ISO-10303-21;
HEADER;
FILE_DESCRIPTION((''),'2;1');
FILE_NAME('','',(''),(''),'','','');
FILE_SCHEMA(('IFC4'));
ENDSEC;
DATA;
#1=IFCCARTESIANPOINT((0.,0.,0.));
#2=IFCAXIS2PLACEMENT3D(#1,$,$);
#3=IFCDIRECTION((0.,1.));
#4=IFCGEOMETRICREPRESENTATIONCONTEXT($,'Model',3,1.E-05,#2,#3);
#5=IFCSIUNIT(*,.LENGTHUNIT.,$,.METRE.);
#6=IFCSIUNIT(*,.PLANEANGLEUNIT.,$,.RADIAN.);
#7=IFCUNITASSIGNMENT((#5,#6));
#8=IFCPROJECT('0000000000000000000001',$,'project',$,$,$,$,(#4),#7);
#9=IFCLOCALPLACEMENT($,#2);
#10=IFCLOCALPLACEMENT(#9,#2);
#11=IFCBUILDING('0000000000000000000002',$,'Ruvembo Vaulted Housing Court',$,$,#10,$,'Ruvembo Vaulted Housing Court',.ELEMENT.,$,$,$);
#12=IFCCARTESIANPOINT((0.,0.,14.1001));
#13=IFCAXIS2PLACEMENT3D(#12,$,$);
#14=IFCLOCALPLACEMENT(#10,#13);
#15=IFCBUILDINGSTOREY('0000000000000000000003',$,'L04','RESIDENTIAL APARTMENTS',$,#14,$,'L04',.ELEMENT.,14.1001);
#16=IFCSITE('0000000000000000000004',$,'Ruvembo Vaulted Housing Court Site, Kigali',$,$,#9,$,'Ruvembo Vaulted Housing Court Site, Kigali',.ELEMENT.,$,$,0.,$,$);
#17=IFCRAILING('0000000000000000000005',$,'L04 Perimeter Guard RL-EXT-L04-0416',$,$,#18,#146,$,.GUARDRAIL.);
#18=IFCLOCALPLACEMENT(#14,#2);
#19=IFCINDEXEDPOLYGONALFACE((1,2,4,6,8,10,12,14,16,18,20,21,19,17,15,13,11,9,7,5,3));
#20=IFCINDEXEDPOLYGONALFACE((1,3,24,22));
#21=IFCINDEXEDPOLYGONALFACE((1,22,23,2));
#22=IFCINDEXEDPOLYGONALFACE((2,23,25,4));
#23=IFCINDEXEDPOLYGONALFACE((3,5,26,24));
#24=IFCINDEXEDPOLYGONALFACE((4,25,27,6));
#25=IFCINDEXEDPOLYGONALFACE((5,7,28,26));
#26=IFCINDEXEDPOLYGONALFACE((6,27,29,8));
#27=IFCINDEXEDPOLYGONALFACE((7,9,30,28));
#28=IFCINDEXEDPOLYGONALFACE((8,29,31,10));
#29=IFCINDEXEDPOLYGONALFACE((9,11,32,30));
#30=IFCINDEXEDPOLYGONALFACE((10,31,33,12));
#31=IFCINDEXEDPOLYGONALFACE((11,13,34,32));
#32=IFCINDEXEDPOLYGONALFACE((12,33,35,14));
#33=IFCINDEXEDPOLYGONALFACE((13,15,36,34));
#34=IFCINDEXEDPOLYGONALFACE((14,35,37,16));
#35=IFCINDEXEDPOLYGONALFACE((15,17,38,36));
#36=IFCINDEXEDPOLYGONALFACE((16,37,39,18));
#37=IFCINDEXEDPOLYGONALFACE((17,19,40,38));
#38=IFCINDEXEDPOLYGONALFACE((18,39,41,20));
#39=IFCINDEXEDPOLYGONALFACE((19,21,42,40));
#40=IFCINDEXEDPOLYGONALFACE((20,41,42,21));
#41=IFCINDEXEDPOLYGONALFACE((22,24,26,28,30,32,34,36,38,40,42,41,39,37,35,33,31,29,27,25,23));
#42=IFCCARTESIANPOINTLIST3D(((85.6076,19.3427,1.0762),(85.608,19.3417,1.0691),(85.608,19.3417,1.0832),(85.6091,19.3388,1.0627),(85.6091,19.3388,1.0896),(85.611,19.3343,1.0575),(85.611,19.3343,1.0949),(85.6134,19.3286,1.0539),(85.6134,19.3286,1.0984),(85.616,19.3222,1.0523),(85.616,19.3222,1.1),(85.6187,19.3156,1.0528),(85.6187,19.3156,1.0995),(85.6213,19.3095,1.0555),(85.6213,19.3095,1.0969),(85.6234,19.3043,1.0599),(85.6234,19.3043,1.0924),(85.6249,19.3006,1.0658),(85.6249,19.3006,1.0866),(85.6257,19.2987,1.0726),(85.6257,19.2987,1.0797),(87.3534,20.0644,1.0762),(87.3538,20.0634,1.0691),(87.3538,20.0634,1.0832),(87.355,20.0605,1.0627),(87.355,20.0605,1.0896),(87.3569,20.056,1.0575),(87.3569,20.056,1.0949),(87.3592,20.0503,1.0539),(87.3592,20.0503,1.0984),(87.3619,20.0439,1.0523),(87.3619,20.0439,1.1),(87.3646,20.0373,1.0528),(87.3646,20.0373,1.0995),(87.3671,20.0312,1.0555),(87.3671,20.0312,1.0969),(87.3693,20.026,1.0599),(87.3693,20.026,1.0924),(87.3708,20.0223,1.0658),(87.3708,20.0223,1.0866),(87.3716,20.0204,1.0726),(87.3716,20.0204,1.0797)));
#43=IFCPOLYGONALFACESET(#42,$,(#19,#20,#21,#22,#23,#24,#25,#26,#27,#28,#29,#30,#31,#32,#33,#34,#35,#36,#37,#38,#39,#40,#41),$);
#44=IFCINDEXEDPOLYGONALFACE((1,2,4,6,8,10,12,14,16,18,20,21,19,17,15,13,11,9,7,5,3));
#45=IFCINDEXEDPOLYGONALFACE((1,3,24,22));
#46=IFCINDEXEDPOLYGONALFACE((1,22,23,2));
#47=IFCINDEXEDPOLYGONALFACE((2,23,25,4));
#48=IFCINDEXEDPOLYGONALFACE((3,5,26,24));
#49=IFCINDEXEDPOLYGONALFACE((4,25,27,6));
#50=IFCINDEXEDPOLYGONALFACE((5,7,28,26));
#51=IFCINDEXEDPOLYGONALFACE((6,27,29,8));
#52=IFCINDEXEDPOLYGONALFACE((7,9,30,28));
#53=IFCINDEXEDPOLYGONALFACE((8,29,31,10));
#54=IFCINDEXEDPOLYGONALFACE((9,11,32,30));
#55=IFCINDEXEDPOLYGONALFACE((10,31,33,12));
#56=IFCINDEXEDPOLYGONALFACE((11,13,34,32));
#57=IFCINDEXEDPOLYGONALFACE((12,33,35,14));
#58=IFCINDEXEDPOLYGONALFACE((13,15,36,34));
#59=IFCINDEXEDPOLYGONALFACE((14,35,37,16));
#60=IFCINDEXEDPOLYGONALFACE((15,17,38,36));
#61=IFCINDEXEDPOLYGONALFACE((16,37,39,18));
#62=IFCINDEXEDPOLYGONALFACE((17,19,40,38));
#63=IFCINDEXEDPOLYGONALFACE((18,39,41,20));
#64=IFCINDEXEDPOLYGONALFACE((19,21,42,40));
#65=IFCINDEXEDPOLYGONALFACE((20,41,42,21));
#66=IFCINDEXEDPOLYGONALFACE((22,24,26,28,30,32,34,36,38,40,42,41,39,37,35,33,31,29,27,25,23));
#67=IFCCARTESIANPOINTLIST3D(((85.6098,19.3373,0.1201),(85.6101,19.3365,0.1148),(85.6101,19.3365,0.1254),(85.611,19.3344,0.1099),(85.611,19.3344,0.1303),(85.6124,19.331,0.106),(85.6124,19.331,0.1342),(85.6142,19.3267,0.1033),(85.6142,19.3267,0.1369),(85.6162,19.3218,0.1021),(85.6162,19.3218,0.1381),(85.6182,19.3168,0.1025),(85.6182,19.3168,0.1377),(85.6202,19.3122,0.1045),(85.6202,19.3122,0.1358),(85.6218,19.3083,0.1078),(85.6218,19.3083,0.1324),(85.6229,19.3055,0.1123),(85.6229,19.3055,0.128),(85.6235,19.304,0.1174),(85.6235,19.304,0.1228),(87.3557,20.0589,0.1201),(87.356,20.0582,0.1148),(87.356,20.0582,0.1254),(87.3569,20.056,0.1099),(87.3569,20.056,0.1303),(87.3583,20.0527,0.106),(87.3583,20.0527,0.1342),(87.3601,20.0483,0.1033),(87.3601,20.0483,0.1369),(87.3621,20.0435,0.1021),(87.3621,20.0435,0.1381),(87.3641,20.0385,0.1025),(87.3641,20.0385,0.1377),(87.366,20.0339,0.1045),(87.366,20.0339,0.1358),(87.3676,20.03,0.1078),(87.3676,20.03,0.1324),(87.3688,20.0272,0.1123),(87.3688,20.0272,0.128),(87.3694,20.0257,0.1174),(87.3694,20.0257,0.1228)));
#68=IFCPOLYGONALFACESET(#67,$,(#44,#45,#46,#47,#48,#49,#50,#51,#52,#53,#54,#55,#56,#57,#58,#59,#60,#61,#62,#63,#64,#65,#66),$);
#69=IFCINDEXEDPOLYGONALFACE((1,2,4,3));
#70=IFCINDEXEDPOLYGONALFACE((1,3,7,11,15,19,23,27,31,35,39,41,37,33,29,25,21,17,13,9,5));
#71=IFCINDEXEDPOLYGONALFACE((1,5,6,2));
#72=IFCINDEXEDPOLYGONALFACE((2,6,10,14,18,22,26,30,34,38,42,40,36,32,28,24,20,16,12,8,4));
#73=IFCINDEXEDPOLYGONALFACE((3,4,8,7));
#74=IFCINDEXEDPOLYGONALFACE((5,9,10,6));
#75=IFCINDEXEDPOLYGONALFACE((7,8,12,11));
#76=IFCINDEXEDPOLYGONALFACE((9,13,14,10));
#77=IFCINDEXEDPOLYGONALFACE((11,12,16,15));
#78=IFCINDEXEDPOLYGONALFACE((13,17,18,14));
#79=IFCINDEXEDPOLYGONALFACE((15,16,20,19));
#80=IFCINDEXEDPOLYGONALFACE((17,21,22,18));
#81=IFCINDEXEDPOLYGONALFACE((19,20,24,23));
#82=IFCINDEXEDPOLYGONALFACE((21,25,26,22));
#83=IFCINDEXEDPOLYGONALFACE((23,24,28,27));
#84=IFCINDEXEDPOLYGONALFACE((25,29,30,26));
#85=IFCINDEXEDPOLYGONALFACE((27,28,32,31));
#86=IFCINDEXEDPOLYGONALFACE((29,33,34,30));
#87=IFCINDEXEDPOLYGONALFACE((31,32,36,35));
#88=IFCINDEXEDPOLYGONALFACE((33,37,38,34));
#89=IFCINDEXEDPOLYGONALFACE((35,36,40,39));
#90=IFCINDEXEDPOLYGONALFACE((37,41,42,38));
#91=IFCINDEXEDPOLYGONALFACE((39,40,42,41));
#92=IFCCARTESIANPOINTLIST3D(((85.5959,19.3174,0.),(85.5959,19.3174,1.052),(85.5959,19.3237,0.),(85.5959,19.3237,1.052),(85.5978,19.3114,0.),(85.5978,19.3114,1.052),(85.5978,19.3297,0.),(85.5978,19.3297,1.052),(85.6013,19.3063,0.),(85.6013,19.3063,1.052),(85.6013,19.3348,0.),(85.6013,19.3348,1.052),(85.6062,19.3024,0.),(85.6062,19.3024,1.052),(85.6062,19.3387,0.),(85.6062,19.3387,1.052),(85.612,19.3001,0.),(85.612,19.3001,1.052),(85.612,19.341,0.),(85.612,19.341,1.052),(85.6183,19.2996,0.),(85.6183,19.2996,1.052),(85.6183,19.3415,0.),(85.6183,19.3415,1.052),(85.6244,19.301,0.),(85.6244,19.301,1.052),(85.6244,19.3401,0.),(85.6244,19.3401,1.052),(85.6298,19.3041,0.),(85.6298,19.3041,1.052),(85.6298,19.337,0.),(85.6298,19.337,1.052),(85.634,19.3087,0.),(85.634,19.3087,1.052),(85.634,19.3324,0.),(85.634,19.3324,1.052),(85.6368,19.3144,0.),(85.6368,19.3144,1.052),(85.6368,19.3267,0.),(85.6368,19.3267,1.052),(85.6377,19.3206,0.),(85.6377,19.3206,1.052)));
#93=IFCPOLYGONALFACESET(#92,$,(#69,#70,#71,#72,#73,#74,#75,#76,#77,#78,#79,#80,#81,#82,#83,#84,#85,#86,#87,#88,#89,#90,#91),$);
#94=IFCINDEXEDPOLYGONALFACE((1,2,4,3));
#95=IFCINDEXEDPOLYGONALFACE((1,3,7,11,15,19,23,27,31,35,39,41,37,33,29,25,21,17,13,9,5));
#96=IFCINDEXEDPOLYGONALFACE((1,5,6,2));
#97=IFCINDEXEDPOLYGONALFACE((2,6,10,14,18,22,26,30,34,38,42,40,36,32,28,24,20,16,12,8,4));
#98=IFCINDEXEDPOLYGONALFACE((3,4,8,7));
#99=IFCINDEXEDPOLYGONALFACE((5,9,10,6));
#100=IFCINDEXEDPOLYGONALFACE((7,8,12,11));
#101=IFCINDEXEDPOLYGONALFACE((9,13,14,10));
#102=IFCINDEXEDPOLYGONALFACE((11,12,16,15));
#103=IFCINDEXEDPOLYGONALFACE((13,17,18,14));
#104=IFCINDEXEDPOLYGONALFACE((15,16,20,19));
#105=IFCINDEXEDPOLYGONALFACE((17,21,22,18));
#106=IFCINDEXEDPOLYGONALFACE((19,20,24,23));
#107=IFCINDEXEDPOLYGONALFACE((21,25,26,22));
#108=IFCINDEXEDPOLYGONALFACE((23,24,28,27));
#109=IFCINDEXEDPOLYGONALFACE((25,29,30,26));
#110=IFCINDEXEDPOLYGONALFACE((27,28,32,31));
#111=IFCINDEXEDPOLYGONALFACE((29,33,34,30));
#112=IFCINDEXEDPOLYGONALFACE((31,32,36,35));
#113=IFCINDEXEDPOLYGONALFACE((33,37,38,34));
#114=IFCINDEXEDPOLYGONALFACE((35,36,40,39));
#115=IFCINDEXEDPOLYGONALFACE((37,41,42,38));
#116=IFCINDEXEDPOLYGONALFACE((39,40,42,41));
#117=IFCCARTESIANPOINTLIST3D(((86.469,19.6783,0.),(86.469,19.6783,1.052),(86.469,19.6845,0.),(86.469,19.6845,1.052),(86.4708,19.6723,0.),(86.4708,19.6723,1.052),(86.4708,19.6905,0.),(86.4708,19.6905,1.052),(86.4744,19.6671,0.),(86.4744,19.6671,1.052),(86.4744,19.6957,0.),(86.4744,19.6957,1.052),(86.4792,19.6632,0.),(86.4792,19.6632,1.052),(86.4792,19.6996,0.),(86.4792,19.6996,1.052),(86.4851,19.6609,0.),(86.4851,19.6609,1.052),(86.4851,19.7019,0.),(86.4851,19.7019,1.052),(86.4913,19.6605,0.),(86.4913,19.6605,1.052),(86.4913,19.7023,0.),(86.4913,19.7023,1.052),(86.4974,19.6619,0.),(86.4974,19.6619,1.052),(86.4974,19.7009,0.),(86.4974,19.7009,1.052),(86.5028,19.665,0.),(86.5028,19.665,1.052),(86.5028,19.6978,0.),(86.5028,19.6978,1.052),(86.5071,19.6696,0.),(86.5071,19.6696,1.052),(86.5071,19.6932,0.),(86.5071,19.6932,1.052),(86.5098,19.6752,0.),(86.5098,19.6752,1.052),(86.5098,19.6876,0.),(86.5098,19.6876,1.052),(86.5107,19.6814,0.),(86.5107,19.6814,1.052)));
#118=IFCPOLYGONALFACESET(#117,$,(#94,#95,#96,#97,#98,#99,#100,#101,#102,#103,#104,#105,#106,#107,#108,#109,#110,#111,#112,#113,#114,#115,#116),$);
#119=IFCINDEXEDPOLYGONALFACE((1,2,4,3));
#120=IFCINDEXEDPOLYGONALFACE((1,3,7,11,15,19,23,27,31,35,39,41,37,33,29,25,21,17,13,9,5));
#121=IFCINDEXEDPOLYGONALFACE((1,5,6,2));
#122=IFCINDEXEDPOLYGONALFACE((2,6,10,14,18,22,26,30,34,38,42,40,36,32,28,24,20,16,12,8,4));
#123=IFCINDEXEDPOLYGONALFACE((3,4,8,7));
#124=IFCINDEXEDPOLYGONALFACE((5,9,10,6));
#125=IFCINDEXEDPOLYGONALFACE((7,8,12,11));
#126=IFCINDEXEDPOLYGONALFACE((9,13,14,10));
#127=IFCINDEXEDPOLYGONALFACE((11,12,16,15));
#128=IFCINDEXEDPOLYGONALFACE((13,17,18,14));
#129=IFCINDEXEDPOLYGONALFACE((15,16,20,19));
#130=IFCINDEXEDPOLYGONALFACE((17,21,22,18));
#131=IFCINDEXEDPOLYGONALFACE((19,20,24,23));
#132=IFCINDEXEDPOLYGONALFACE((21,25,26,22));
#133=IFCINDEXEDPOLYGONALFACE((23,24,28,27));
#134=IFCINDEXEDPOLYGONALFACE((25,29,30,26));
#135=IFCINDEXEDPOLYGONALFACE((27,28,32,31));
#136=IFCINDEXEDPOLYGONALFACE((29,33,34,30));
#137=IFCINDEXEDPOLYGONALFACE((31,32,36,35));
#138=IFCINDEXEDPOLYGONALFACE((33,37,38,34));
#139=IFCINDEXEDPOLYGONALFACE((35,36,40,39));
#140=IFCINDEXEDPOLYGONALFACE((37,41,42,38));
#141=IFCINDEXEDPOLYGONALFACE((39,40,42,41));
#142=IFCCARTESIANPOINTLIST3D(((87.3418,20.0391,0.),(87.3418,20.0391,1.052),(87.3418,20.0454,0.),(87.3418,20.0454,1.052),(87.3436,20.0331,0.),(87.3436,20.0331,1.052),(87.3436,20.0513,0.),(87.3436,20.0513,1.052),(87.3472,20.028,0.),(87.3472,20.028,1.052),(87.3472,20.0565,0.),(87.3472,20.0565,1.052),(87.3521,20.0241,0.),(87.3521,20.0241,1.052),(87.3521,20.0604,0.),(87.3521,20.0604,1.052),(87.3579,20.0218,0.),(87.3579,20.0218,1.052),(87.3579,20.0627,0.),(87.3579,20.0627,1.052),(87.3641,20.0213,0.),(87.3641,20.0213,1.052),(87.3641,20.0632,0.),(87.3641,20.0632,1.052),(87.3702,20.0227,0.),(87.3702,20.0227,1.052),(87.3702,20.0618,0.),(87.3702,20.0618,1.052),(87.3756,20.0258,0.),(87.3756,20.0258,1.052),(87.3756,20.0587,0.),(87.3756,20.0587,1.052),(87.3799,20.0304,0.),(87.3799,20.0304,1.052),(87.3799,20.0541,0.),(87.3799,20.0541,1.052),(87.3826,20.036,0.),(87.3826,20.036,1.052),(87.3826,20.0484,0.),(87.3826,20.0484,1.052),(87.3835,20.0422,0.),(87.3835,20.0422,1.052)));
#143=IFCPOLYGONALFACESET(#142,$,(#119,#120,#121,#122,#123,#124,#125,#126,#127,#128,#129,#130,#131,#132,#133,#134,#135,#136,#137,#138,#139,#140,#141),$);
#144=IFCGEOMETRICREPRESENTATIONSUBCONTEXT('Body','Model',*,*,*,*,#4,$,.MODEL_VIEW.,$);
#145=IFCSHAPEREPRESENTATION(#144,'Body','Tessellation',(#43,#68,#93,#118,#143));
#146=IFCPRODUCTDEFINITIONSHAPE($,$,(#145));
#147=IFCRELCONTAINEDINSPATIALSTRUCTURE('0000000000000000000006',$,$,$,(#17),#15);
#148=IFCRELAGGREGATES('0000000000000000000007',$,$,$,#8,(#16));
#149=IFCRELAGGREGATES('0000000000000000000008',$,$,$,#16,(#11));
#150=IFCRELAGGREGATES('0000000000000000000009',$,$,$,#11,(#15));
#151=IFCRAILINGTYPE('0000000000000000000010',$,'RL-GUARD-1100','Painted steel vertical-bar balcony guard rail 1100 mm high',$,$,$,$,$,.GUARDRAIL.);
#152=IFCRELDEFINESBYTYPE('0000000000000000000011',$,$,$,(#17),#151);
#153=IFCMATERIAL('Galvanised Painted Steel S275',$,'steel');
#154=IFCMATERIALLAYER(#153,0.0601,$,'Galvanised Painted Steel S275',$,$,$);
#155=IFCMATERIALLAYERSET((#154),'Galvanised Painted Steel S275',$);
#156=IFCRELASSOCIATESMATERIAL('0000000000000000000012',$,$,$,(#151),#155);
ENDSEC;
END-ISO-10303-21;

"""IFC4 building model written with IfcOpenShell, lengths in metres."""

from ifc_helpers import new_model, si_unit, direction, frame, origin, origin_2d, place, context, subcontext, project, spatial, circle, extrude, material, layer, layer_set, type_object, element, save


model = new_model("IFC4")

# Units and contexts
model_context = context("Model", 3, precision=1e-05, world=origin(), true_north=direction((0.0, 1.0)))
body_context = subcontext(model_context, "Body", "Model", "MODEL_VIEW")
ifc_project = project(units=[si_unit("LENGTHUNIT", "METRE"), si_unit("PLANEANGLEUNIT", "RADIAN")], contexts=[model_context])

# Site, building, storey
site_placement = place(None, origin())
site = spatial("IfcSite", under=ifc_project, at=site_placement, Name="Ruvembo Vaulted Housing Court Site, Kigali", LongName="Ruvembo Vaulted Housing Court Site, Kigali", CompositionType="ELEMENT", RefElevation=0.0)
building_placement = place(site_placement, origin())
building = spatial("IfcBuilding", under=site, at=building_placement, Name="Ruvembo Vaulted Housing Court", LongName="Ruvembo Vaulted Housing Court", CompositionType="ELEMENT")
storey_placement = place(building_placement, frame((0.0, 0.0, 14.1001)))
storey = spatial("IfcBuildingStorey", under=building, at=storey_placement, Name="L04", Description="RESIDENTIAL APARTMENTS", LongName="L04", CompositionType="ELEMENT", Elevation=14.1001)

# Railing
ifc_material_1 = material(Name="Galvanised Painted Steel S275", Category="steel")
ifc_layer = layer(ifc_material_1, 0.0601, Name="Galvanised Painted Steel S275")
ifc_layer_set = layer_set([ifc_layer], Name="Galvanised Painted Steel S275")
railing_type = type_object("IfcRailingType", Name="RL-GUARD-1100", Description="Painted steel vertical-bar balcony guard rail 1100 mm high", PredefinedType="GUARDRAIL", material=ifc_layer_set)
railing_1_placement = place(storey_placement, frame((85.6167, 19.3206, 0.0)))
element("IfcRailing", 1, at=railing_1_placement, inside=storey, type_object=railing_type, Name="L04 Perimeter Guard RL-EXT-L04-0416", PredefinedType="GUARDRAIL", context=body_context, shape_type="SweptSolid", body=[
    extrude(circle(Radius=0.0239, at=origin_2d()), frame((0.0, 0.0, 1.0762), z_axis=(0.924155, 0.382017, 0.0), x_axis=(-0.382017, 0.924155, 0.0)), (0.0, 0.0, 1.0), 1.8892),
    extrude(circle(Radius=0.0181, at=origin_2d()), frame((0.0, 0.0, 0.1201), z_axis=(0.924155, 0.382017, 0.0), x_axis=(-0.382017, 0.924155, 0.0)), (0.0, 0.0, 1.0), 1.8892),
    extrude(circle(Radius=0.021, at=origin_2d()), origin(), (0.0, 0.0, 1.0), 1.052),
    extrude(circle(Radius=0.021, at=origin_2d()), frame((0.873, 0.3608, 0.0)), (0.0, 0.0, 1.0), 1.052),
    extrude(circle(Radius=0.021, at=origin_2d()), frame((1.7458, 0.7217, 0.0)), (0.0, 0.0, 1.0), 1.052),
])

save(model, "model.ifc")
